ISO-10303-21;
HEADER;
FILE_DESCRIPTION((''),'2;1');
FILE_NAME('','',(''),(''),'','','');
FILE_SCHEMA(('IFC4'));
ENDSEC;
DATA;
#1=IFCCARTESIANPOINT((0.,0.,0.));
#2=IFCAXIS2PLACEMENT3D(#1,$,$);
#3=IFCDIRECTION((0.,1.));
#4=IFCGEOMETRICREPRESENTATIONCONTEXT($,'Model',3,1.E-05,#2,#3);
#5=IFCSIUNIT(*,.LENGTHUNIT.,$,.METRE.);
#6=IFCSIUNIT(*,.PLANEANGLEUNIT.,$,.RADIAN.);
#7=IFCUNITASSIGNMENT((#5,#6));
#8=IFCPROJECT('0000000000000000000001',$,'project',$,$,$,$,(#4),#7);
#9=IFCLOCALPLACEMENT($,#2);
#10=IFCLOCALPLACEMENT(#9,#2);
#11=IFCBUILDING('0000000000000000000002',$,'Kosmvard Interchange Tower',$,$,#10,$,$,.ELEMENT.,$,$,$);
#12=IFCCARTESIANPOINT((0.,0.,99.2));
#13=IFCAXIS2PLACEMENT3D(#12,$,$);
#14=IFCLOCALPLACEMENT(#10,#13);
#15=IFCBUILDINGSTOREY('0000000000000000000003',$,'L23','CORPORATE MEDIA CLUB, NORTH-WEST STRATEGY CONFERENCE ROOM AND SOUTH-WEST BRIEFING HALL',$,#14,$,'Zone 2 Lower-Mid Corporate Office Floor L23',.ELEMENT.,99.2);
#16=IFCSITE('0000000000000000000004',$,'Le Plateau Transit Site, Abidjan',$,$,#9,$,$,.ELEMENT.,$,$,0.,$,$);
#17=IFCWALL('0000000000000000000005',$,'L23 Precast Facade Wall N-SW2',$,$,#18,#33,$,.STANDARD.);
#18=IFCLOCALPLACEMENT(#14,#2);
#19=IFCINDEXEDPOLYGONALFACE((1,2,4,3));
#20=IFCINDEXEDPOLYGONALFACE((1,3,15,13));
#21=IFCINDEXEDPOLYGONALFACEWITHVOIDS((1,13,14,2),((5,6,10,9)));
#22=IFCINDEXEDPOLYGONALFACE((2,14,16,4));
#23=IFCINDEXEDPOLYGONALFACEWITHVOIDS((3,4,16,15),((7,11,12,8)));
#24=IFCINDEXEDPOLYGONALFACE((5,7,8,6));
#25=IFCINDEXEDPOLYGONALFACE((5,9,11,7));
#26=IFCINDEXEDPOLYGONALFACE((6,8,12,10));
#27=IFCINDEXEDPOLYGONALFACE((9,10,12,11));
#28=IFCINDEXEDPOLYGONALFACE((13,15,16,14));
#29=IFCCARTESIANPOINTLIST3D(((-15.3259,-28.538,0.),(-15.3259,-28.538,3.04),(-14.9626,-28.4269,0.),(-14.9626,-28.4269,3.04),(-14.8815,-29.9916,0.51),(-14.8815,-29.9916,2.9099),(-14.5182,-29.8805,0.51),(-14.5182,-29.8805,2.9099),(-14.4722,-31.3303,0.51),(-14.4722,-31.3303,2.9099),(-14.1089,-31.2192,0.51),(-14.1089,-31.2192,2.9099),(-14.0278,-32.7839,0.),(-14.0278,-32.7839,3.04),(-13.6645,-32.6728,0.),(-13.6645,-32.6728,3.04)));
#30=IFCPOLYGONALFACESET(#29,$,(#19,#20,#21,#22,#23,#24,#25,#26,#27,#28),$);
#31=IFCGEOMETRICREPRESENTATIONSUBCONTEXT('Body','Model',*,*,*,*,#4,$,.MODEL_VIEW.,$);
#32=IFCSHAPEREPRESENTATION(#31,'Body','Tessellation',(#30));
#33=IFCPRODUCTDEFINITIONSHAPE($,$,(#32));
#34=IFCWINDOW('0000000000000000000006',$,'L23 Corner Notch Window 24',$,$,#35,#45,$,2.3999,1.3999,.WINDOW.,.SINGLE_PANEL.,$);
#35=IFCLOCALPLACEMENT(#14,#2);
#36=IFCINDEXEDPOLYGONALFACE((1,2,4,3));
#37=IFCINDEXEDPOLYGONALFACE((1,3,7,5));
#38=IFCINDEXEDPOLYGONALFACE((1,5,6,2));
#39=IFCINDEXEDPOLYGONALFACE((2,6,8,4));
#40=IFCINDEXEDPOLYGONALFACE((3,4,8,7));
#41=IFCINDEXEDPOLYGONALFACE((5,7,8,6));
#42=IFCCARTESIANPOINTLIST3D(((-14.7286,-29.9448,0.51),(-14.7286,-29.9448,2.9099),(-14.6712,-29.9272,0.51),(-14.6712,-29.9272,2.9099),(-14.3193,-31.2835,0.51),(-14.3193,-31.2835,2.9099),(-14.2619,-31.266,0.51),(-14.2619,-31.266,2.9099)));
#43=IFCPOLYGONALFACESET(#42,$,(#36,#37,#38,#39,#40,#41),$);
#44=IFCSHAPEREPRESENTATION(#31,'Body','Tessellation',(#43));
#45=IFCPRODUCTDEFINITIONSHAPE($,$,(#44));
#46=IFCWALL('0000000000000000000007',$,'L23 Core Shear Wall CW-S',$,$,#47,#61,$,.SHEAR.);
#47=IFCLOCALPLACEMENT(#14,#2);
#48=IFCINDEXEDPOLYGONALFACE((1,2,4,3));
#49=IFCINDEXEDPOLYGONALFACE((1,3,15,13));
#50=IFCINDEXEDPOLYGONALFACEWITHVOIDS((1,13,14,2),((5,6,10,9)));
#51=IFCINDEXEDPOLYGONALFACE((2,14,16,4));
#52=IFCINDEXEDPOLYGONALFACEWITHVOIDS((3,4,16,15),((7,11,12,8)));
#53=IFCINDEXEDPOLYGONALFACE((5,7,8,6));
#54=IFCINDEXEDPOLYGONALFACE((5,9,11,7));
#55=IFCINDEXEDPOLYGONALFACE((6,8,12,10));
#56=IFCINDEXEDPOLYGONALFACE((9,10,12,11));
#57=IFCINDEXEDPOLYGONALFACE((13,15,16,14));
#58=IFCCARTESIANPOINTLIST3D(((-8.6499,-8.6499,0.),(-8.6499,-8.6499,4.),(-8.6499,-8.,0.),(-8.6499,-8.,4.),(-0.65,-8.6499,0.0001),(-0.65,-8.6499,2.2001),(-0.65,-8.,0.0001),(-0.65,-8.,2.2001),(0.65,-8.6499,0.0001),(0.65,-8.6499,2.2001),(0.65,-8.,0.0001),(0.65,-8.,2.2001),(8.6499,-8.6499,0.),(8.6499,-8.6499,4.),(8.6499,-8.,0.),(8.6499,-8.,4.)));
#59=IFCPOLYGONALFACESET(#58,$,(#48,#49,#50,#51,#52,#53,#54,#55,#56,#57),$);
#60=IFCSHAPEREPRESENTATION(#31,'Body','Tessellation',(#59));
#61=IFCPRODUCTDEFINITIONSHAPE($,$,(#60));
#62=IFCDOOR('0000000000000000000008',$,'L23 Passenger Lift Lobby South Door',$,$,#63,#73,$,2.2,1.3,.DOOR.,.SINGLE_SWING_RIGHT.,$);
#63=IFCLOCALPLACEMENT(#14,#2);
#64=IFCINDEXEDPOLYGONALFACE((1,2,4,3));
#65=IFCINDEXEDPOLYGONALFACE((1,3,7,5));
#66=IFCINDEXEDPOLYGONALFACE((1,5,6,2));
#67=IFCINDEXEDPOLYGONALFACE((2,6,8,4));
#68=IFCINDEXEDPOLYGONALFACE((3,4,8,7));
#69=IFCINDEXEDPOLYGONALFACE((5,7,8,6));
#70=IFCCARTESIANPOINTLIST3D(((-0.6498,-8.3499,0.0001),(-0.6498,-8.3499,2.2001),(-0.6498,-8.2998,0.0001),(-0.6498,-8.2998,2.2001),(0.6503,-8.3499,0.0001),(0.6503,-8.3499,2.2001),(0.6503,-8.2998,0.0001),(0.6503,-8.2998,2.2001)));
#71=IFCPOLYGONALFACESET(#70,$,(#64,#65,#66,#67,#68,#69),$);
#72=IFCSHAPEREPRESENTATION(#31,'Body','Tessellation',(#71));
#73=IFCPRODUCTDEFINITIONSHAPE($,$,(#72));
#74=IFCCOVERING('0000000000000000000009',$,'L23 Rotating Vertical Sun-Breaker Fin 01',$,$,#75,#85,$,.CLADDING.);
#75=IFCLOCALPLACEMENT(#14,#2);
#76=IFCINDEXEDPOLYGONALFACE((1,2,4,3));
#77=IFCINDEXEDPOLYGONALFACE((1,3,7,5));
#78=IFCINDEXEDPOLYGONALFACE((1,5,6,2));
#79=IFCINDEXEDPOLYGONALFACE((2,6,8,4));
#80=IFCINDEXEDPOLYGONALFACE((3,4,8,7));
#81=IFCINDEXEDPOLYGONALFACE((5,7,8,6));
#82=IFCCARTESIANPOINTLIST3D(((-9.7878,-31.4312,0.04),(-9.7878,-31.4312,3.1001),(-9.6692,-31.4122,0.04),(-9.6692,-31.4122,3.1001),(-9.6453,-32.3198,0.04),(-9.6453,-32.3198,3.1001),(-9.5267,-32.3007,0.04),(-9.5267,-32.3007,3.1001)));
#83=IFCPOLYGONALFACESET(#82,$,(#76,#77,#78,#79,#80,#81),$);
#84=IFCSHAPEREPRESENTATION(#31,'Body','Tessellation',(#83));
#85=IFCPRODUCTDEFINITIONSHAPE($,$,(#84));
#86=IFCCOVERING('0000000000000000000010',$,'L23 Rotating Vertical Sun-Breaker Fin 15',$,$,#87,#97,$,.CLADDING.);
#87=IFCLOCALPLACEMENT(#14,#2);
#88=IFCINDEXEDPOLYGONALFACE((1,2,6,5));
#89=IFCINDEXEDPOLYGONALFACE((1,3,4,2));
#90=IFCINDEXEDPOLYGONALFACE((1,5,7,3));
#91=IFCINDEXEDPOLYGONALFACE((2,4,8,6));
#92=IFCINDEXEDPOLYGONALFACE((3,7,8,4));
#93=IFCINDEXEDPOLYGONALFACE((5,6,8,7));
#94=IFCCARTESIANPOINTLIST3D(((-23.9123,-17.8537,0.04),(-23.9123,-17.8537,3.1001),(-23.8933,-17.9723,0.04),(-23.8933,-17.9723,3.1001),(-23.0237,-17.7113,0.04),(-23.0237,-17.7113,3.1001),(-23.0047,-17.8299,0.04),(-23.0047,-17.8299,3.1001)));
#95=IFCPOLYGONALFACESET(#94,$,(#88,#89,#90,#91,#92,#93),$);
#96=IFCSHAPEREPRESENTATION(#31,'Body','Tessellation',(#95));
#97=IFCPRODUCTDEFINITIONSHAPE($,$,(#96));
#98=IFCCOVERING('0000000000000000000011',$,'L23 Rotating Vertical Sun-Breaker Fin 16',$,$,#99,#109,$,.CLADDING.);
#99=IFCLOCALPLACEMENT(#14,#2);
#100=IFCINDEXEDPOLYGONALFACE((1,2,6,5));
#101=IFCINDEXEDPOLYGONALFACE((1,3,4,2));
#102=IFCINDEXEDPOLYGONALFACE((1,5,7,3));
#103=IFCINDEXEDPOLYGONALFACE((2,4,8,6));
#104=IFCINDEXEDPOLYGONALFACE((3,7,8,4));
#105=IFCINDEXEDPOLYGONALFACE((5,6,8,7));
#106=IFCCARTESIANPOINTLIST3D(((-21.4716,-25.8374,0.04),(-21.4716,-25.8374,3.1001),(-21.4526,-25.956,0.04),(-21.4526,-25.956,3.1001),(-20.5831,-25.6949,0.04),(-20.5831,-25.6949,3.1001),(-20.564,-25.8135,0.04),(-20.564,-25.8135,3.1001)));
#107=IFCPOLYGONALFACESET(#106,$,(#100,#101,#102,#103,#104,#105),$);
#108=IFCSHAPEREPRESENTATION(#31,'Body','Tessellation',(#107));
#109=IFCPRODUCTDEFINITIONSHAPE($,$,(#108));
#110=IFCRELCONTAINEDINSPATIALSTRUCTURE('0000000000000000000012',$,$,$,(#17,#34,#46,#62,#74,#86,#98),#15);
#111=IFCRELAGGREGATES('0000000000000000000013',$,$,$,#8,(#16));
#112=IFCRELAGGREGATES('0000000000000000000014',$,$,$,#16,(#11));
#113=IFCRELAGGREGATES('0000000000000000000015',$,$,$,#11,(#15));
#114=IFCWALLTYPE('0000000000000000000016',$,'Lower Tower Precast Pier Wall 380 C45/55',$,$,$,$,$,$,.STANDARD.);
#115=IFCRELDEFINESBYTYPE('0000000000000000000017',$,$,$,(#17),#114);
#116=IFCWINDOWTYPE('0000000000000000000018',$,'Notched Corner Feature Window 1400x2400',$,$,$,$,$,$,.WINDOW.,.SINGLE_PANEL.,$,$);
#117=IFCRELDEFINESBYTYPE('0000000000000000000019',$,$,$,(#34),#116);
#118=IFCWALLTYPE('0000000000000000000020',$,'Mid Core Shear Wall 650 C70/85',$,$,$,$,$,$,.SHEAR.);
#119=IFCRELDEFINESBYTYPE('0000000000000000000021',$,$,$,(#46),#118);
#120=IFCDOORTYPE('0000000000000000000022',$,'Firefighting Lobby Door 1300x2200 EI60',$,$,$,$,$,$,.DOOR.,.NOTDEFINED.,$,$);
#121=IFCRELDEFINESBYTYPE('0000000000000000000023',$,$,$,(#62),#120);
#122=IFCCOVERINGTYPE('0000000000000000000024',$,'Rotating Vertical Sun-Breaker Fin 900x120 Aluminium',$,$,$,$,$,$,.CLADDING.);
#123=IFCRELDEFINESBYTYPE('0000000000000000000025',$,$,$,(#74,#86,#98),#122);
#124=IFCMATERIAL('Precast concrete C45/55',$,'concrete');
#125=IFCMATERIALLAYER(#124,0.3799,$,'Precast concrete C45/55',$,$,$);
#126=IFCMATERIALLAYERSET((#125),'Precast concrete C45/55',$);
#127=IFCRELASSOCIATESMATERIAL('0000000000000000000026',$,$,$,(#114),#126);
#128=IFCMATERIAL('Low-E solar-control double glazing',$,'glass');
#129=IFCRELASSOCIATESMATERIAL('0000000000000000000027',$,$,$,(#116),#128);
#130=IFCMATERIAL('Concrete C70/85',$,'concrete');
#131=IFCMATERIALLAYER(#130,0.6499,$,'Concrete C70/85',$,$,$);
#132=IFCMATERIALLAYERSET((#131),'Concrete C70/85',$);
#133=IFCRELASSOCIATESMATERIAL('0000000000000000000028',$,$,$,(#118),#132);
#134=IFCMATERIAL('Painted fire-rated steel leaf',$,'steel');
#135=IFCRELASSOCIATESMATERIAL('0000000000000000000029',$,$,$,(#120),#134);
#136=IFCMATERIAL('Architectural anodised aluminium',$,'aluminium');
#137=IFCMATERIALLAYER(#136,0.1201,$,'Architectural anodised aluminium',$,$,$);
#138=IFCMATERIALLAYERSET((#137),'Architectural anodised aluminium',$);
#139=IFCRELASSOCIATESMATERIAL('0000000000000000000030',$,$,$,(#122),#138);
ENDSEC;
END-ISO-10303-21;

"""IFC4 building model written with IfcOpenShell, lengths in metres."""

from ifc_helpers import new_model, si_unit, direction, frame, frame_2d, origin, origin_2d, place, context, subcontext, project, spatial, rectangle, extrude, source, transform, mapped, material, layer, layer_set, type_object, element, fill, save


model = new_model("IFC4")

# Units and contexts
model_context = context("Model", 3, precision=1e-05, world=origin(), true_north=direction((0.0, 1.0)))
body_context = subcontext(model_context, "Body", "Model", "MODEL_VIEW")
ifc_project = project(units=[si_unit("LENGTHUNIT", "METRE"), si_unit("PLANEANGLEUNIT", "RADIAN")], contexts=[model_context])

# Site, building, storey
site_placement = place(None, origin())
site = spatial("IfcSite", under=ifc_project, at=site_placement, Name="Le Plateau Transit Site, Abidjan", CompositionType="ELEMENT", RefElevation=0.0)
building_placement = place(site_placement, origin())
building = spatial("IfcBuilding", under=site, at=building_placement, Name="Kosmvard Interchange Tower", CompositionType="ELEMENT")
storey_placement = place(building_placement, frame((0.0, 0.0, 99.2)))
storey = spatial("IfcBuildingStorey", under=building, at=storey_placement, Name="L23", Description="CORPORATE MEDIA CLUB, NORTH-WEST STRATEGY CONFERENCE ROOM AND SOUTH-WEST BRIEFING HALL", LongName="Zone 2 Lower-Mid Corporate Office Floor L23", CompositionType="ELEMENT", Elevation=99.2)

# Shared definitions
ifc_material_1 = material(Name="Concrete C70/85", Category="concrete")

# Shared definitions
ifc_material_2 = material(Name="Precast concrete C45/55", Category="concrete")

# Shared definitions
ifc_layer_1 = layer(ifc_material_2, 0.3799, Name="Precast concrete C45/55")
ifc_layer_set_1 = layer_set([ifc_layer_1], Name="Precast concrete C45/55")
wall_type_1 = type_object("IfcWallType", Name="Lower Tower Precast Pier Wall 380 C45/55", PredefinedType="STANDARD", material=ifc_layer_set_1)
ifc_material_3 = material(Name="Low-E solar-control double glazing", Category="glass")
window_type_1 = type_object("IfcWindowType", Name="Notched Corner Feature Window 1400x2400", PartitioningType="SINGLE_PANEL", PredefinedType="WINDOW", material=ifc_material_3)
shared_shape_1 = source(origin(), body_context, "Body", "SweptSolid", [
    extrude(rectangle(XDim=1.3999, YDim=2.3999, at=frame_2d((0.7, 1.2))), frame((0.0, 0.03, 0.0), z_axis=(0.0, -1.0, 0.0), x_axis=(1.0, 0.0, 0.0)), (0.0, 0.0, 1.0), 0.0601),
])

# Wall, opening, window
wall_1_placement = place(storey_placement, frame((-15.1443, -28.4824, 0.0), z_axis=(0.0, 0.0, 1.0), x_axis=(0.292374, -0.956304, 0.0)))
wall_1 = element("IfcWall", 1, at=wall_1_placement, inside=storey, type_object=wall_type_1, Name="L23 Precast Facade Wall N-SW2", PredefinedType="STANDARD", context=body_context, shape_type="SweptSolid", body=[
    extrude(rectangle(XDim=4.4399, YDim=0.3799, at=frame_2d((2.22, 0.0))), origin(), (0.0, 0.0, 1.0), 3.04),
])
opening_1_placement = place(wall_1_placement, frame((1.52, 0.0, 0.51)))
opening_1 = element("IfcOpeningElement", 2, at=opening_1_placement, cuts=wall_1, PredefinedType="OPENING", context=body_context, shape_type="SweptSolid", body=[
    extrude(rectangle(XDim=1.3999, YDim=2.3999, at=frame_2d((0.7, 1.2))), frame((0.0, 0.2, 0.0), z_axis=(0.0, -1.0, 0.0), x_axis=(1.0, 0.0, 0.0)), (0.0, 0.0, 1.0), 0.3999),
])
window_1_placement = place(opening_1_placement, origin())
window_1 = element("IfcWindow", 3, at=window_1_placement, inside=storey, type_object=window_type_1, Name="L23 Corner Notch Window 24", OverallHeight=2.3999, OverallWidth=1.3999, PartitioningType="SINGLE_PANEL", PredefinedType="WINDOW", context=body_context, shape_type="MappedRepresentation", body=[
    mapped(shared_shape_1, transform((0.0, 0.0, 0.0), scale=1.0)),
])
fill(opening_1, window_1)

# Wall, opening, door
ifc_layer_2 = layer(ifc_material_1, 0.6499, Name="Concrete C70/85")
ifc_layer_set_2 = layer_set([ifc_layer_2], Name="Concrete C70/85")
wall_type_2 = type_object("IfcWallType", Name="Mid Core Shear Wall 650 C70/85", PredefinedType="SHEAR", material=ifc_layer_set_2)
wall_2_placement = place(storey_placement, frame((-8.6499, -8.325, 0.0), z_axis=(0.0, 0.0, 1.0), x_axis=(1.0, 0.0, 0.0)))
wall_2 = element("IfcWall", 4, at=wall_2_placement, inside=storey, type_object=wall_type_2, Name="L23 Core Shear Wall CW-S", PredefinedType="SHEAR", context=body_context, shape_type="SweptSolid", body=[
    extrude(rectangle(XDim=17.2998, YDim=0.6499, at=frame_2d((8.6499, 0.0))), origin(), (0.0, 0.0, 1.0), 4.0),
])
opening_2_placement = place(wall_2_placement, frame((8.0, 0.0, 0.0)))
opening_2 = element("IfcOpeningElement", 5, at=opening_2_placement, cuts=wall_2, PredefinedType="OPENING", context=body_context, shape_type="SweptSolid", body=[
    extrude(rectangle(XDim=1.3, YDim=2.2, at=frame_2d((0.6499, 1.1001))), frame((0.0, 0.335, 0.0), z_axis=(0.0, -1.0, 0.0), x_axis=(1.0, 0.0, 0.0)), (0.0, 0.0, 1.0), 0.6699),
])
ifc_material_4 = material(Name="Painted fire-rated steel leaf", Category="steel")
door_type_1 = type_object("IfcDoorType", Name="Firefighting Lobby Door 1300x2200 EI60", OperationType="NOTDEFINED", PredefinedType="DOOR", material=ifc_material_4)
shared_shape_2 = source(origin(), body_context, "Body", "SweptSolid", [
    extrude(rectangle(XDim=1.3, YDim=2.2, at=frame_2d((0.6499, 1.1001))), frame((0.0, 0.0249, 0.0), z_axis=(0.0, -1.0, 0.0), x_axis=(1.0, 0.0, 0.0)), (0.0, 0.0, 1.0), 0.05),
])
door_1_placement = place(opening_2_placement, frame((1.3, 0.0, 0.0), z_axis=(0.0, 0.0, 1.0), x_axis=(-1.0, 0.0, 0.0)))
door_1 = element("IfcDoor", 6, at=door_1_placement, inside=storey, type_object=door_type_1, Name="L23 Passenger Lift Lobby South Door", OperationType="SINGLE_SWING_RIGHT", OverallHeight=2.2, OverallWidth=1.3, PredefinedType="DOOR", context=body_context, shape_type="MappedRepresentation", body=[
    mapped(shared_shape_2, transform((0.0, 0.0, 0.0), scale=1.0)),
])
fill(opening_2, door_1)

# Coverings
ifc_material_5 = material(Name="Architectural anodised aluminium", Category="aluminium")
ifc_layer_3 = layer(ifc_material_5, 0.1201, Name="Architectural anodised aluminium")
ifc_layer_set_3 = layer_set([ifc_layer_3], Name="Architectural anodised aluminium")
covering_type = type_object("IfcCoveringType", Name="Rotating Vertical Sun-Breaker Fin 900x120 Aluminium", PredefinedType="CLADDING", material=ifc_layer_set_3)
shared_shape_3 = source(origin(), body_context, "Body", "SweptSolid", [
    extrude(rectangle(XDim=0.8999, YDim=0.1201, at=origin_2d()), origin(), (0.0, 0.0, 1.0), 3.0601),
])
for number, where, z_axis, x_axis, name in (
    (7, (-9.6572, -31.866, 0.04), (0.0, 0.0, 1.0), (0.15833, -0.987386, 0.0), "L23 Rotating Vertical Sun-Breaker Fin 01"),
    (8, (-23.4585, -17.8418, 0.04), (0.0, 0.0, 1.0), (-0.987386, -0.15833, 0.0), "L23 Rotating Vertical Sun-Breaker Fin 15"),
    (9, (-21.0178, -25.8254, 0.04), (0.0, 0.0, 1.0), (-0.987386, -0.15833, 0.0), "L23 Rotating Vertical Sun-Breaker Fin 16"),
):
    element("IfcCovering", number, at=place(storey_placement, frame(where, z_axis=z_axis, x_axis=x_axis)), inside=storey, type_object=covering_type, Name=name, PredefinedType="CLADDING", context=body_context, shape_type="MappedRepresentation", body=[
        mapped(shared_shape_3, transform((0.0, 0.0, 0.0), scale=1.0)),
    ])

save(model, "model.ifc")
